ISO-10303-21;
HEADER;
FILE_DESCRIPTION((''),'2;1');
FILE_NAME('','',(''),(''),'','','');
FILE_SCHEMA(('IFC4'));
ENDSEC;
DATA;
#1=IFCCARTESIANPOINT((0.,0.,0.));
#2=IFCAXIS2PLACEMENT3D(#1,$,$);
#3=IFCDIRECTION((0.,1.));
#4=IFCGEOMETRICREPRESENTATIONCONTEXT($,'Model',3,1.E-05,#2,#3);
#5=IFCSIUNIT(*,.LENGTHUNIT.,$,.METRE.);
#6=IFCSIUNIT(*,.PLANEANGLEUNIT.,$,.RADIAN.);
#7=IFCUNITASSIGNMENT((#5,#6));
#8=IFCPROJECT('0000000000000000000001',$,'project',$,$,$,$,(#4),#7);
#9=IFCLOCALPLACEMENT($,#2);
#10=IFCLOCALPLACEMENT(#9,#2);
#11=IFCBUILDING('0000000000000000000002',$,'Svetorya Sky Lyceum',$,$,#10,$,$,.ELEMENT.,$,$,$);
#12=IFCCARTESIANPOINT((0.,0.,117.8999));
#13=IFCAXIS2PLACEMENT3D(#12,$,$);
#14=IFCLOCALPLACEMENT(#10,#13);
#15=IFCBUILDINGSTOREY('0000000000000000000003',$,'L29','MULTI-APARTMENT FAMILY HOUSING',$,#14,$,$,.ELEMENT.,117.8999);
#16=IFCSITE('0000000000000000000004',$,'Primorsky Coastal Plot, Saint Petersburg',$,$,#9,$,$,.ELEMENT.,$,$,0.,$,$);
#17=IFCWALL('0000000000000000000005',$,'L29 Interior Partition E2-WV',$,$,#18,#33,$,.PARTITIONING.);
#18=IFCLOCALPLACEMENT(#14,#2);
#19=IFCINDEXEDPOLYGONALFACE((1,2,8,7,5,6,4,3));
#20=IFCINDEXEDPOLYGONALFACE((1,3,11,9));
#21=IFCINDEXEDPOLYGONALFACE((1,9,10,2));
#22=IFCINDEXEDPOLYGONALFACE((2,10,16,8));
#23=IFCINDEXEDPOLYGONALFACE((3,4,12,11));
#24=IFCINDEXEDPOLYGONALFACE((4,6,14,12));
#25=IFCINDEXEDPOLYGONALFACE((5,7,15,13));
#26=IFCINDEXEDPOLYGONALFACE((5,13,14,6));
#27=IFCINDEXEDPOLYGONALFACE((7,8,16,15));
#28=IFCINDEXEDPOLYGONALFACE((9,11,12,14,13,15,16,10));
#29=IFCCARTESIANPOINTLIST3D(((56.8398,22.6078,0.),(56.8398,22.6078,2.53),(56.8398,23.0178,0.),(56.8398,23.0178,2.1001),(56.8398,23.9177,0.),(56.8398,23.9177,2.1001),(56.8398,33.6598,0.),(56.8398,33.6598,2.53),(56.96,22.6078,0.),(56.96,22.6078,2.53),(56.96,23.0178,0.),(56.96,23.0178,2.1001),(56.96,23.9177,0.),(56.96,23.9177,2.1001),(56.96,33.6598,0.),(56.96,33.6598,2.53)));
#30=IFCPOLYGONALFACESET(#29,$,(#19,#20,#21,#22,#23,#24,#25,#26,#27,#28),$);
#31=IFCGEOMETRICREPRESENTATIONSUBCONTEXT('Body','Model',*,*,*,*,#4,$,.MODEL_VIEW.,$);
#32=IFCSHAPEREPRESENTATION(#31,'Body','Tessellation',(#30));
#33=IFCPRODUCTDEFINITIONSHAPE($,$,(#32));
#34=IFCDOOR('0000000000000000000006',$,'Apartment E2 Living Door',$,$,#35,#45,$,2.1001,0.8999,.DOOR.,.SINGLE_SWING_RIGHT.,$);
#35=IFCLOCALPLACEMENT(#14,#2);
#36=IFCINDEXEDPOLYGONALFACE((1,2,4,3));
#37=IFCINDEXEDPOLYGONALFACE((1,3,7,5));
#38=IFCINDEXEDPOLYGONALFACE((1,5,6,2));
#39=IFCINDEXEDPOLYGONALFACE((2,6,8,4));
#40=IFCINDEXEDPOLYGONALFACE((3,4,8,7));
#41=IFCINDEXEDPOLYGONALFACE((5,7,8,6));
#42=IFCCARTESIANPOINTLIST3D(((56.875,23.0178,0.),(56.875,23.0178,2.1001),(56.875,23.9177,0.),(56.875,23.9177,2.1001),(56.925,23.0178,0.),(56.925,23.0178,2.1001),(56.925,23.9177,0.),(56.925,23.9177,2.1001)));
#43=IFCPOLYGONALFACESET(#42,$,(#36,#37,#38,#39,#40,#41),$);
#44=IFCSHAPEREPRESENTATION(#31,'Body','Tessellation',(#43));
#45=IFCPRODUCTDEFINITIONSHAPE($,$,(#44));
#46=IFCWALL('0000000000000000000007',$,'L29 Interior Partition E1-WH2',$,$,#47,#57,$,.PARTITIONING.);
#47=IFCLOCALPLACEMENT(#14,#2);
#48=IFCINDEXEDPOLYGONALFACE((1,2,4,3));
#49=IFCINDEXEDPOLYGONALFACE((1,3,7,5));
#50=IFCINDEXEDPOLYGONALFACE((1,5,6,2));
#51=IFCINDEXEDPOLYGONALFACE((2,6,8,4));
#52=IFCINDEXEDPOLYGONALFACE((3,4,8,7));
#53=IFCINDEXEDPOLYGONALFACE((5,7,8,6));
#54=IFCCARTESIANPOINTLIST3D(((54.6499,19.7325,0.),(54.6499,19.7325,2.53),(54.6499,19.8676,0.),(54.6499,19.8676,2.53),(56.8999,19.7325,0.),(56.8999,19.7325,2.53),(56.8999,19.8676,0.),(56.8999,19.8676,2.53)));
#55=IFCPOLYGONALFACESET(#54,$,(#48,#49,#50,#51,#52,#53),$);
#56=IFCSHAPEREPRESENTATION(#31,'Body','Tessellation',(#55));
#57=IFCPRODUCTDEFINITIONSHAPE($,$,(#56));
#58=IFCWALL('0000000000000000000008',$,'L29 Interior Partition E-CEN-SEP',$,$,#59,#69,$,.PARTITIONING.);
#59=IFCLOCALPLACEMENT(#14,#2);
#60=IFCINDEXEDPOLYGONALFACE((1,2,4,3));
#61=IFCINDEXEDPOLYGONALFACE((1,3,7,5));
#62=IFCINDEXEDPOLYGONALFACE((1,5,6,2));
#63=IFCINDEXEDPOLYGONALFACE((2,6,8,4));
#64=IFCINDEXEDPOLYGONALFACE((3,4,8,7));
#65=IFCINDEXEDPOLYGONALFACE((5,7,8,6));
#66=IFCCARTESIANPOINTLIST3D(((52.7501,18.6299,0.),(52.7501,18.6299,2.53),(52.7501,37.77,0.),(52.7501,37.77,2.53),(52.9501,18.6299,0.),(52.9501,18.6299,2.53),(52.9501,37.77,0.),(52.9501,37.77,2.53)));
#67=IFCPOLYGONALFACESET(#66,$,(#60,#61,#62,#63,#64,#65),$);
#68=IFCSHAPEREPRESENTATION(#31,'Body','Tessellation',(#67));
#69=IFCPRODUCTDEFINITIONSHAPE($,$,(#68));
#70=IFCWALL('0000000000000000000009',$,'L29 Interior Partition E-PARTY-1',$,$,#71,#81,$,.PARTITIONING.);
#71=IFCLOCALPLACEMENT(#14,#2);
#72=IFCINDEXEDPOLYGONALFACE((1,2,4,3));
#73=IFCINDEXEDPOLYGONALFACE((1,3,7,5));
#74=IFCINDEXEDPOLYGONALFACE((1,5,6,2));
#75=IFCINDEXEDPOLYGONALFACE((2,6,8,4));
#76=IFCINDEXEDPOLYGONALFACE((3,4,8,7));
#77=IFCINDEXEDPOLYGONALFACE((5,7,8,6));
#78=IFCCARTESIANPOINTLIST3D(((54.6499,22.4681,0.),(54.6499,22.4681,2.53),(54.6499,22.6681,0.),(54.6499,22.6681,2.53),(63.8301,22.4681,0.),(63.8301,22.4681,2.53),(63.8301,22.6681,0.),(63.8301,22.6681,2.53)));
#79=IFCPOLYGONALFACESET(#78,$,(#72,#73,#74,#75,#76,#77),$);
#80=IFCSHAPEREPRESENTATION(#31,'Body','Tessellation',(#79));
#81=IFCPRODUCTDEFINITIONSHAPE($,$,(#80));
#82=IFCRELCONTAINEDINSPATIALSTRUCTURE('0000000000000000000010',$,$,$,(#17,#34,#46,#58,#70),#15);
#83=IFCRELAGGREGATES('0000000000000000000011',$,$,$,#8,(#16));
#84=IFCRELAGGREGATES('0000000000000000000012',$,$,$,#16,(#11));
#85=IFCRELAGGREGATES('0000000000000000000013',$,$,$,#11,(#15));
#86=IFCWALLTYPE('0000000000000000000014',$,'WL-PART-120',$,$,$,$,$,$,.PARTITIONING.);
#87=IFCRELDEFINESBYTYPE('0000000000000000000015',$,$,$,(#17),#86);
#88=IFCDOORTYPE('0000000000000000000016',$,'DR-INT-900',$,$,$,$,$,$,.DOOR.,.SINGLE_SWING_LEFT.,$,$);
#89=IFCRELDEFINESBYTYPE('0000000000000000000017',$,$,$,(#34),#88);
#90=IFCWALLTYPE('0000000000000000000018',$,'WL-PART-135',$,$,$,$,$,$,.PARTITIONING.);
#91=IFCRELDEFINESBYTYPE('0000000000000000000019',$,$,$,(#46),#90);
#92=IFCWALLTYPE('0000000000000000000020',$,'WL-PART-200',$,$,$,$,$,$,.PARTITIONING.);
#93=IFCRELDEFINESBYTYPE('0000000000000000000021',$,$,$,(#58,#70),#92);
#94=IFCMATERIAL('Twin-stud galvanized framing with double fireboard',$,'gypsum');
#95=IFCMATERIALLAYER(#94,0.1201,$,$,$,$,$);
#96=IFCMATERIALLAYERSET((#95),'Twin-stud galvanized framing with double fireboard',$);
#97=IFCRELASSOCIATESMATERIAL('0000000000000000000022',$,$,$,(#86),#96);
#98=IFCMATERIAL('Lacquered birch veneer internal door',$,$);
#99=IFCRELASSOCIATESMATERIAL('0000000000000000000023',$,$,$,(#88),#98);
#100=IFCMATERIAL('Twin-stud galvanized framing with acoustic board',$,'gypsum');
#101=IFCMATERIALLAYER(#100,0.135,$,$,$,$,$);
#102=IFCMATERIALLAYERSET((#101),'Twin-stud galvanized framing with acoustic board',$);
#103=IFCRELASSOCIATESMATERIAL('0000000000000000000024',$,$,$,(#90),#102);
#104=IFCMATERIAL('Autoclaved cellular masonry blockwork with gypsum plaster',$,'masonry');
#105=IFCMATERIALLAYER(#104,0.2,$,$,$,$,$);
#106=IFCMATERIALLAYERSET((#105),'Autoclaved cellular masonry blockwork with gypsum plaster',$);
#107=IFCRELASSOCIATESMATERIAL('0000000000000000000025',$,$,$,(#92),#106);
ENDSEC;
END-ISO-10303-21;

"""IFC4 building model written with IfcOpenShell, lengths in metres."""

from ifc_helpers import new_model, si_unit, direction, frame, frame_2d, origin, place, context, subcontext, project, spatial, rectangle, extrude, material, layer, layer_set, type_object, element, fill, save


model = new_model("IFC4")

# Units and contexts
model_context = context("Model", 3, precision=1e-05, world=origin(), true_north=direction((0.0, 1.0)))
body_context = subcontext(model_context, "Body", "Model", "MODEL_VIEW")
ifc_project = project(units=[si_unit("LENGTHUNIT", "METRE"), si_unit("PLANEANGLEUNIT", "RADIAN")], contexts=[model_context])

# Site, building, storey
site_placement = place(None, origin())
site = spatial("IfcSite", under=ifc_project, at=site_placement, Name="Primorsky Coastal Plot, Saint Petersburg", CompositionType="ELEMENT", RefElevation=0.0)
building_placement = place(site_placement, origin())
building = spatial("IfcBuilding", under=site, at=building_placement, Name="Svetorya Sky Lyceum", CompositionType="ELEMENT")
storey_placement = place(building_placement, frame((0.0, 0.0, 117.8999)))
storey = spatial("IfcBuildingStorey", under=building, at=storey_placement, Name="L29", Description="MULTI-APARTMENT FAMILY HOUSING", CompositionType="ELEMENT", Elevation=117.8999)

# Wall, opening, door
ifc_material_1 = material(Name="Twin-stud galvanized framing with double fireboard", Category="gypsum")
ifc_layer_1 = layer(ifc_material_1, 0.1201)
ifc_layer_set_1 = layer_set([ifc_layer_1], Name="Twin-stud galvanized framing with double fireboard")
wall_type_1 = type_object("IfcWallType", Name="WL-PART-120", PredefinedType="PARTITIONING", material=ifc_layer_set_1)
ifc_material_2 = material(Name="Lacquered birch veneer internal door")
door_type_1 = type_object("IfcDoorType", Name="DR-INT-900", OperationType="SINGLE_SWING_LEFT", PredefinedType="DOOR", material=ifc_material_2)
wall_1_placement = place(storey_placement, frame((56.8999, 22.6079, 0.0), z_axis=(0.0, 0.0, 1.0), x_axis=(0.0, 1.0, 0.0)))
wall_1 = element("IfcWall", 1, at=wall_1_placement, inside=storey, type_object=wall_type_1, Name="L29 Interior Partition E2-WV", PredefinedType="PARTITIONING", context=body_context, shape_type="SweptSolid", body=[
    extrude(rectangle(XDim=11.052, YDim=0.1201, at=frame_2d((5.5259, 0.0))), origin(), (0.0, 0.0, 1.0), 2.53),
])
opening_1_placement = place(wall_1_placement, frame((0.4099, 0.0, 0.0)))
opening_1 = element("IfcOpeningElement", 2, at=opening_1_placement, cuts=wall_1, PredefinedType="OPENING", context=body_context, shape_type="SweptSolid", body=[
    extrude(rectangle(XDim=0.8999, YDim=2.1001, at=frame_2d((0.45, 1.05))), frame((0.0, 0.0701, 0.0), z_axis=(0.0, -1.0, 0.0), x_axis=(1.0, 0.0, 0.0)), (0.0, 0.0, 1.0), 0.1401),
])
door_1_placement = place(opening_1_placement, origin())
door_1 = element("IfcDoor", 3, at=door_1_placement, inside=storey, type_object=door_type_1, Name="Apartment E2 Living Door", OperationType="SINGLE_SWING_RIGHT", OverallHeight=2.1001, OverallWidth=0.8999, PredefinedType="DOOR", context=body_context, shape_type="SweptSolid", body=[
    extrude(rectangle(XDim=0.8999, YDim=2.1001, at=frame_2d((0.45, 1.05))), frame((0.0, 0.0249, 0.0), z_axis=(0.0, -1.0, 0.0), x_axis=(1.0, 0.0, 0.0)), (0.0, 0.0, 1.0), 0.05),
])
fill(opening_1, door_1)

# Walls
ifc_material_3 = material(Name="Twin-stud galvanized framing with acoustic board", Category="gypsum")
ifc_layer_2 = layer(ifc_material_3, 0.135)
ifc_layer_set_2 = layer_set([ifc_layer_2], Name="Twin-stud galvanized framing with acoustic board")
wall_type_2 = type_object("IfcWallType", Name="WL-PART-135", PredefinedType="PARTITIONING", material=ifc_layer_set_2)
wall_2_placement = place(storey_placement, frame((54.6499, 19.8, 0.0), z_axis=(0.0, 0.0, 1.0), x_axis=(1.0, 0.0, 0.0)))
element("IfcWall", 4, at=wall_2_placement, inside=storey, type_object=wall_type_2, Name="L29 Interior Partition E1-WH2", PredefinedType="PARTITIONING", context=body_context, shape_type="SweptSolid", body=[
    extrude(rectangle(XDim=2.25, YDim=0.135, at=frame_2d((1.125, 0.0))), origin(), (0.0, 0.0, 1.0), 2.53),
])
ifc_material_4 = material(Name="Autoclaved cellular masonry blockwork with gypsum plaster", Category="masonry")
ifc_layer_3 = layer(ifc_material_4, 0.2)
ifc_layer_set_3 = layer_set([ifc_layer_3], Name="Autoclaved cellular masonry blockwork with gypsum plaster")
wall_type_3 = type_object("IfcWallType", Name="WL-PART-200", PredefinedType="PARTITIONING", material=ifc_layer_set_3)
wall_3_placement = place(storey_placement, frame((52.8501, 18.6299, 0.0), z_axis=(0.0, 0.0, 1.0), x_axis=(0.0, 1.0, 0.0)))
element("IfcWall", 5, at=wall_3_placement, inside=storey, type_object=wall_type_3, Name="L29 Interior Partition E-CEN-SEP", PredefinedType="PARTITIONING", context=body_context, shape_type="SweptSolid", body=[
    extrude(rectangle(XDim=19.1401, YDim=0.2, at=frame_2d((9.5701, 0.0))), origin(), (0.0, 0.0, 1.0), 2.53),
])
wall_4_placement = place(storey_placement, frame((54.6499, 22.5681, 0.0), z_axis=(0.0, 0.0, 1.0), x_axis=(1.0, 0.0, 0.0)))
element("IfcWall", 6, at=wall_4_placement, inside=storey, type_object=wall_type_3, Name="L29 Interior Partition E-PARTY-1", PredefinedType="PARTITIONING", context=body_context, shape_type="SweptSolid", body=[
    extrude(rectangle(XDim=9.1802, YDim=0.2, at=frame_2d((4.5901, 0.0))), origin(), (0.0, 0.0, 1.0), 2.53),
])

save(model, "model.ifc")
